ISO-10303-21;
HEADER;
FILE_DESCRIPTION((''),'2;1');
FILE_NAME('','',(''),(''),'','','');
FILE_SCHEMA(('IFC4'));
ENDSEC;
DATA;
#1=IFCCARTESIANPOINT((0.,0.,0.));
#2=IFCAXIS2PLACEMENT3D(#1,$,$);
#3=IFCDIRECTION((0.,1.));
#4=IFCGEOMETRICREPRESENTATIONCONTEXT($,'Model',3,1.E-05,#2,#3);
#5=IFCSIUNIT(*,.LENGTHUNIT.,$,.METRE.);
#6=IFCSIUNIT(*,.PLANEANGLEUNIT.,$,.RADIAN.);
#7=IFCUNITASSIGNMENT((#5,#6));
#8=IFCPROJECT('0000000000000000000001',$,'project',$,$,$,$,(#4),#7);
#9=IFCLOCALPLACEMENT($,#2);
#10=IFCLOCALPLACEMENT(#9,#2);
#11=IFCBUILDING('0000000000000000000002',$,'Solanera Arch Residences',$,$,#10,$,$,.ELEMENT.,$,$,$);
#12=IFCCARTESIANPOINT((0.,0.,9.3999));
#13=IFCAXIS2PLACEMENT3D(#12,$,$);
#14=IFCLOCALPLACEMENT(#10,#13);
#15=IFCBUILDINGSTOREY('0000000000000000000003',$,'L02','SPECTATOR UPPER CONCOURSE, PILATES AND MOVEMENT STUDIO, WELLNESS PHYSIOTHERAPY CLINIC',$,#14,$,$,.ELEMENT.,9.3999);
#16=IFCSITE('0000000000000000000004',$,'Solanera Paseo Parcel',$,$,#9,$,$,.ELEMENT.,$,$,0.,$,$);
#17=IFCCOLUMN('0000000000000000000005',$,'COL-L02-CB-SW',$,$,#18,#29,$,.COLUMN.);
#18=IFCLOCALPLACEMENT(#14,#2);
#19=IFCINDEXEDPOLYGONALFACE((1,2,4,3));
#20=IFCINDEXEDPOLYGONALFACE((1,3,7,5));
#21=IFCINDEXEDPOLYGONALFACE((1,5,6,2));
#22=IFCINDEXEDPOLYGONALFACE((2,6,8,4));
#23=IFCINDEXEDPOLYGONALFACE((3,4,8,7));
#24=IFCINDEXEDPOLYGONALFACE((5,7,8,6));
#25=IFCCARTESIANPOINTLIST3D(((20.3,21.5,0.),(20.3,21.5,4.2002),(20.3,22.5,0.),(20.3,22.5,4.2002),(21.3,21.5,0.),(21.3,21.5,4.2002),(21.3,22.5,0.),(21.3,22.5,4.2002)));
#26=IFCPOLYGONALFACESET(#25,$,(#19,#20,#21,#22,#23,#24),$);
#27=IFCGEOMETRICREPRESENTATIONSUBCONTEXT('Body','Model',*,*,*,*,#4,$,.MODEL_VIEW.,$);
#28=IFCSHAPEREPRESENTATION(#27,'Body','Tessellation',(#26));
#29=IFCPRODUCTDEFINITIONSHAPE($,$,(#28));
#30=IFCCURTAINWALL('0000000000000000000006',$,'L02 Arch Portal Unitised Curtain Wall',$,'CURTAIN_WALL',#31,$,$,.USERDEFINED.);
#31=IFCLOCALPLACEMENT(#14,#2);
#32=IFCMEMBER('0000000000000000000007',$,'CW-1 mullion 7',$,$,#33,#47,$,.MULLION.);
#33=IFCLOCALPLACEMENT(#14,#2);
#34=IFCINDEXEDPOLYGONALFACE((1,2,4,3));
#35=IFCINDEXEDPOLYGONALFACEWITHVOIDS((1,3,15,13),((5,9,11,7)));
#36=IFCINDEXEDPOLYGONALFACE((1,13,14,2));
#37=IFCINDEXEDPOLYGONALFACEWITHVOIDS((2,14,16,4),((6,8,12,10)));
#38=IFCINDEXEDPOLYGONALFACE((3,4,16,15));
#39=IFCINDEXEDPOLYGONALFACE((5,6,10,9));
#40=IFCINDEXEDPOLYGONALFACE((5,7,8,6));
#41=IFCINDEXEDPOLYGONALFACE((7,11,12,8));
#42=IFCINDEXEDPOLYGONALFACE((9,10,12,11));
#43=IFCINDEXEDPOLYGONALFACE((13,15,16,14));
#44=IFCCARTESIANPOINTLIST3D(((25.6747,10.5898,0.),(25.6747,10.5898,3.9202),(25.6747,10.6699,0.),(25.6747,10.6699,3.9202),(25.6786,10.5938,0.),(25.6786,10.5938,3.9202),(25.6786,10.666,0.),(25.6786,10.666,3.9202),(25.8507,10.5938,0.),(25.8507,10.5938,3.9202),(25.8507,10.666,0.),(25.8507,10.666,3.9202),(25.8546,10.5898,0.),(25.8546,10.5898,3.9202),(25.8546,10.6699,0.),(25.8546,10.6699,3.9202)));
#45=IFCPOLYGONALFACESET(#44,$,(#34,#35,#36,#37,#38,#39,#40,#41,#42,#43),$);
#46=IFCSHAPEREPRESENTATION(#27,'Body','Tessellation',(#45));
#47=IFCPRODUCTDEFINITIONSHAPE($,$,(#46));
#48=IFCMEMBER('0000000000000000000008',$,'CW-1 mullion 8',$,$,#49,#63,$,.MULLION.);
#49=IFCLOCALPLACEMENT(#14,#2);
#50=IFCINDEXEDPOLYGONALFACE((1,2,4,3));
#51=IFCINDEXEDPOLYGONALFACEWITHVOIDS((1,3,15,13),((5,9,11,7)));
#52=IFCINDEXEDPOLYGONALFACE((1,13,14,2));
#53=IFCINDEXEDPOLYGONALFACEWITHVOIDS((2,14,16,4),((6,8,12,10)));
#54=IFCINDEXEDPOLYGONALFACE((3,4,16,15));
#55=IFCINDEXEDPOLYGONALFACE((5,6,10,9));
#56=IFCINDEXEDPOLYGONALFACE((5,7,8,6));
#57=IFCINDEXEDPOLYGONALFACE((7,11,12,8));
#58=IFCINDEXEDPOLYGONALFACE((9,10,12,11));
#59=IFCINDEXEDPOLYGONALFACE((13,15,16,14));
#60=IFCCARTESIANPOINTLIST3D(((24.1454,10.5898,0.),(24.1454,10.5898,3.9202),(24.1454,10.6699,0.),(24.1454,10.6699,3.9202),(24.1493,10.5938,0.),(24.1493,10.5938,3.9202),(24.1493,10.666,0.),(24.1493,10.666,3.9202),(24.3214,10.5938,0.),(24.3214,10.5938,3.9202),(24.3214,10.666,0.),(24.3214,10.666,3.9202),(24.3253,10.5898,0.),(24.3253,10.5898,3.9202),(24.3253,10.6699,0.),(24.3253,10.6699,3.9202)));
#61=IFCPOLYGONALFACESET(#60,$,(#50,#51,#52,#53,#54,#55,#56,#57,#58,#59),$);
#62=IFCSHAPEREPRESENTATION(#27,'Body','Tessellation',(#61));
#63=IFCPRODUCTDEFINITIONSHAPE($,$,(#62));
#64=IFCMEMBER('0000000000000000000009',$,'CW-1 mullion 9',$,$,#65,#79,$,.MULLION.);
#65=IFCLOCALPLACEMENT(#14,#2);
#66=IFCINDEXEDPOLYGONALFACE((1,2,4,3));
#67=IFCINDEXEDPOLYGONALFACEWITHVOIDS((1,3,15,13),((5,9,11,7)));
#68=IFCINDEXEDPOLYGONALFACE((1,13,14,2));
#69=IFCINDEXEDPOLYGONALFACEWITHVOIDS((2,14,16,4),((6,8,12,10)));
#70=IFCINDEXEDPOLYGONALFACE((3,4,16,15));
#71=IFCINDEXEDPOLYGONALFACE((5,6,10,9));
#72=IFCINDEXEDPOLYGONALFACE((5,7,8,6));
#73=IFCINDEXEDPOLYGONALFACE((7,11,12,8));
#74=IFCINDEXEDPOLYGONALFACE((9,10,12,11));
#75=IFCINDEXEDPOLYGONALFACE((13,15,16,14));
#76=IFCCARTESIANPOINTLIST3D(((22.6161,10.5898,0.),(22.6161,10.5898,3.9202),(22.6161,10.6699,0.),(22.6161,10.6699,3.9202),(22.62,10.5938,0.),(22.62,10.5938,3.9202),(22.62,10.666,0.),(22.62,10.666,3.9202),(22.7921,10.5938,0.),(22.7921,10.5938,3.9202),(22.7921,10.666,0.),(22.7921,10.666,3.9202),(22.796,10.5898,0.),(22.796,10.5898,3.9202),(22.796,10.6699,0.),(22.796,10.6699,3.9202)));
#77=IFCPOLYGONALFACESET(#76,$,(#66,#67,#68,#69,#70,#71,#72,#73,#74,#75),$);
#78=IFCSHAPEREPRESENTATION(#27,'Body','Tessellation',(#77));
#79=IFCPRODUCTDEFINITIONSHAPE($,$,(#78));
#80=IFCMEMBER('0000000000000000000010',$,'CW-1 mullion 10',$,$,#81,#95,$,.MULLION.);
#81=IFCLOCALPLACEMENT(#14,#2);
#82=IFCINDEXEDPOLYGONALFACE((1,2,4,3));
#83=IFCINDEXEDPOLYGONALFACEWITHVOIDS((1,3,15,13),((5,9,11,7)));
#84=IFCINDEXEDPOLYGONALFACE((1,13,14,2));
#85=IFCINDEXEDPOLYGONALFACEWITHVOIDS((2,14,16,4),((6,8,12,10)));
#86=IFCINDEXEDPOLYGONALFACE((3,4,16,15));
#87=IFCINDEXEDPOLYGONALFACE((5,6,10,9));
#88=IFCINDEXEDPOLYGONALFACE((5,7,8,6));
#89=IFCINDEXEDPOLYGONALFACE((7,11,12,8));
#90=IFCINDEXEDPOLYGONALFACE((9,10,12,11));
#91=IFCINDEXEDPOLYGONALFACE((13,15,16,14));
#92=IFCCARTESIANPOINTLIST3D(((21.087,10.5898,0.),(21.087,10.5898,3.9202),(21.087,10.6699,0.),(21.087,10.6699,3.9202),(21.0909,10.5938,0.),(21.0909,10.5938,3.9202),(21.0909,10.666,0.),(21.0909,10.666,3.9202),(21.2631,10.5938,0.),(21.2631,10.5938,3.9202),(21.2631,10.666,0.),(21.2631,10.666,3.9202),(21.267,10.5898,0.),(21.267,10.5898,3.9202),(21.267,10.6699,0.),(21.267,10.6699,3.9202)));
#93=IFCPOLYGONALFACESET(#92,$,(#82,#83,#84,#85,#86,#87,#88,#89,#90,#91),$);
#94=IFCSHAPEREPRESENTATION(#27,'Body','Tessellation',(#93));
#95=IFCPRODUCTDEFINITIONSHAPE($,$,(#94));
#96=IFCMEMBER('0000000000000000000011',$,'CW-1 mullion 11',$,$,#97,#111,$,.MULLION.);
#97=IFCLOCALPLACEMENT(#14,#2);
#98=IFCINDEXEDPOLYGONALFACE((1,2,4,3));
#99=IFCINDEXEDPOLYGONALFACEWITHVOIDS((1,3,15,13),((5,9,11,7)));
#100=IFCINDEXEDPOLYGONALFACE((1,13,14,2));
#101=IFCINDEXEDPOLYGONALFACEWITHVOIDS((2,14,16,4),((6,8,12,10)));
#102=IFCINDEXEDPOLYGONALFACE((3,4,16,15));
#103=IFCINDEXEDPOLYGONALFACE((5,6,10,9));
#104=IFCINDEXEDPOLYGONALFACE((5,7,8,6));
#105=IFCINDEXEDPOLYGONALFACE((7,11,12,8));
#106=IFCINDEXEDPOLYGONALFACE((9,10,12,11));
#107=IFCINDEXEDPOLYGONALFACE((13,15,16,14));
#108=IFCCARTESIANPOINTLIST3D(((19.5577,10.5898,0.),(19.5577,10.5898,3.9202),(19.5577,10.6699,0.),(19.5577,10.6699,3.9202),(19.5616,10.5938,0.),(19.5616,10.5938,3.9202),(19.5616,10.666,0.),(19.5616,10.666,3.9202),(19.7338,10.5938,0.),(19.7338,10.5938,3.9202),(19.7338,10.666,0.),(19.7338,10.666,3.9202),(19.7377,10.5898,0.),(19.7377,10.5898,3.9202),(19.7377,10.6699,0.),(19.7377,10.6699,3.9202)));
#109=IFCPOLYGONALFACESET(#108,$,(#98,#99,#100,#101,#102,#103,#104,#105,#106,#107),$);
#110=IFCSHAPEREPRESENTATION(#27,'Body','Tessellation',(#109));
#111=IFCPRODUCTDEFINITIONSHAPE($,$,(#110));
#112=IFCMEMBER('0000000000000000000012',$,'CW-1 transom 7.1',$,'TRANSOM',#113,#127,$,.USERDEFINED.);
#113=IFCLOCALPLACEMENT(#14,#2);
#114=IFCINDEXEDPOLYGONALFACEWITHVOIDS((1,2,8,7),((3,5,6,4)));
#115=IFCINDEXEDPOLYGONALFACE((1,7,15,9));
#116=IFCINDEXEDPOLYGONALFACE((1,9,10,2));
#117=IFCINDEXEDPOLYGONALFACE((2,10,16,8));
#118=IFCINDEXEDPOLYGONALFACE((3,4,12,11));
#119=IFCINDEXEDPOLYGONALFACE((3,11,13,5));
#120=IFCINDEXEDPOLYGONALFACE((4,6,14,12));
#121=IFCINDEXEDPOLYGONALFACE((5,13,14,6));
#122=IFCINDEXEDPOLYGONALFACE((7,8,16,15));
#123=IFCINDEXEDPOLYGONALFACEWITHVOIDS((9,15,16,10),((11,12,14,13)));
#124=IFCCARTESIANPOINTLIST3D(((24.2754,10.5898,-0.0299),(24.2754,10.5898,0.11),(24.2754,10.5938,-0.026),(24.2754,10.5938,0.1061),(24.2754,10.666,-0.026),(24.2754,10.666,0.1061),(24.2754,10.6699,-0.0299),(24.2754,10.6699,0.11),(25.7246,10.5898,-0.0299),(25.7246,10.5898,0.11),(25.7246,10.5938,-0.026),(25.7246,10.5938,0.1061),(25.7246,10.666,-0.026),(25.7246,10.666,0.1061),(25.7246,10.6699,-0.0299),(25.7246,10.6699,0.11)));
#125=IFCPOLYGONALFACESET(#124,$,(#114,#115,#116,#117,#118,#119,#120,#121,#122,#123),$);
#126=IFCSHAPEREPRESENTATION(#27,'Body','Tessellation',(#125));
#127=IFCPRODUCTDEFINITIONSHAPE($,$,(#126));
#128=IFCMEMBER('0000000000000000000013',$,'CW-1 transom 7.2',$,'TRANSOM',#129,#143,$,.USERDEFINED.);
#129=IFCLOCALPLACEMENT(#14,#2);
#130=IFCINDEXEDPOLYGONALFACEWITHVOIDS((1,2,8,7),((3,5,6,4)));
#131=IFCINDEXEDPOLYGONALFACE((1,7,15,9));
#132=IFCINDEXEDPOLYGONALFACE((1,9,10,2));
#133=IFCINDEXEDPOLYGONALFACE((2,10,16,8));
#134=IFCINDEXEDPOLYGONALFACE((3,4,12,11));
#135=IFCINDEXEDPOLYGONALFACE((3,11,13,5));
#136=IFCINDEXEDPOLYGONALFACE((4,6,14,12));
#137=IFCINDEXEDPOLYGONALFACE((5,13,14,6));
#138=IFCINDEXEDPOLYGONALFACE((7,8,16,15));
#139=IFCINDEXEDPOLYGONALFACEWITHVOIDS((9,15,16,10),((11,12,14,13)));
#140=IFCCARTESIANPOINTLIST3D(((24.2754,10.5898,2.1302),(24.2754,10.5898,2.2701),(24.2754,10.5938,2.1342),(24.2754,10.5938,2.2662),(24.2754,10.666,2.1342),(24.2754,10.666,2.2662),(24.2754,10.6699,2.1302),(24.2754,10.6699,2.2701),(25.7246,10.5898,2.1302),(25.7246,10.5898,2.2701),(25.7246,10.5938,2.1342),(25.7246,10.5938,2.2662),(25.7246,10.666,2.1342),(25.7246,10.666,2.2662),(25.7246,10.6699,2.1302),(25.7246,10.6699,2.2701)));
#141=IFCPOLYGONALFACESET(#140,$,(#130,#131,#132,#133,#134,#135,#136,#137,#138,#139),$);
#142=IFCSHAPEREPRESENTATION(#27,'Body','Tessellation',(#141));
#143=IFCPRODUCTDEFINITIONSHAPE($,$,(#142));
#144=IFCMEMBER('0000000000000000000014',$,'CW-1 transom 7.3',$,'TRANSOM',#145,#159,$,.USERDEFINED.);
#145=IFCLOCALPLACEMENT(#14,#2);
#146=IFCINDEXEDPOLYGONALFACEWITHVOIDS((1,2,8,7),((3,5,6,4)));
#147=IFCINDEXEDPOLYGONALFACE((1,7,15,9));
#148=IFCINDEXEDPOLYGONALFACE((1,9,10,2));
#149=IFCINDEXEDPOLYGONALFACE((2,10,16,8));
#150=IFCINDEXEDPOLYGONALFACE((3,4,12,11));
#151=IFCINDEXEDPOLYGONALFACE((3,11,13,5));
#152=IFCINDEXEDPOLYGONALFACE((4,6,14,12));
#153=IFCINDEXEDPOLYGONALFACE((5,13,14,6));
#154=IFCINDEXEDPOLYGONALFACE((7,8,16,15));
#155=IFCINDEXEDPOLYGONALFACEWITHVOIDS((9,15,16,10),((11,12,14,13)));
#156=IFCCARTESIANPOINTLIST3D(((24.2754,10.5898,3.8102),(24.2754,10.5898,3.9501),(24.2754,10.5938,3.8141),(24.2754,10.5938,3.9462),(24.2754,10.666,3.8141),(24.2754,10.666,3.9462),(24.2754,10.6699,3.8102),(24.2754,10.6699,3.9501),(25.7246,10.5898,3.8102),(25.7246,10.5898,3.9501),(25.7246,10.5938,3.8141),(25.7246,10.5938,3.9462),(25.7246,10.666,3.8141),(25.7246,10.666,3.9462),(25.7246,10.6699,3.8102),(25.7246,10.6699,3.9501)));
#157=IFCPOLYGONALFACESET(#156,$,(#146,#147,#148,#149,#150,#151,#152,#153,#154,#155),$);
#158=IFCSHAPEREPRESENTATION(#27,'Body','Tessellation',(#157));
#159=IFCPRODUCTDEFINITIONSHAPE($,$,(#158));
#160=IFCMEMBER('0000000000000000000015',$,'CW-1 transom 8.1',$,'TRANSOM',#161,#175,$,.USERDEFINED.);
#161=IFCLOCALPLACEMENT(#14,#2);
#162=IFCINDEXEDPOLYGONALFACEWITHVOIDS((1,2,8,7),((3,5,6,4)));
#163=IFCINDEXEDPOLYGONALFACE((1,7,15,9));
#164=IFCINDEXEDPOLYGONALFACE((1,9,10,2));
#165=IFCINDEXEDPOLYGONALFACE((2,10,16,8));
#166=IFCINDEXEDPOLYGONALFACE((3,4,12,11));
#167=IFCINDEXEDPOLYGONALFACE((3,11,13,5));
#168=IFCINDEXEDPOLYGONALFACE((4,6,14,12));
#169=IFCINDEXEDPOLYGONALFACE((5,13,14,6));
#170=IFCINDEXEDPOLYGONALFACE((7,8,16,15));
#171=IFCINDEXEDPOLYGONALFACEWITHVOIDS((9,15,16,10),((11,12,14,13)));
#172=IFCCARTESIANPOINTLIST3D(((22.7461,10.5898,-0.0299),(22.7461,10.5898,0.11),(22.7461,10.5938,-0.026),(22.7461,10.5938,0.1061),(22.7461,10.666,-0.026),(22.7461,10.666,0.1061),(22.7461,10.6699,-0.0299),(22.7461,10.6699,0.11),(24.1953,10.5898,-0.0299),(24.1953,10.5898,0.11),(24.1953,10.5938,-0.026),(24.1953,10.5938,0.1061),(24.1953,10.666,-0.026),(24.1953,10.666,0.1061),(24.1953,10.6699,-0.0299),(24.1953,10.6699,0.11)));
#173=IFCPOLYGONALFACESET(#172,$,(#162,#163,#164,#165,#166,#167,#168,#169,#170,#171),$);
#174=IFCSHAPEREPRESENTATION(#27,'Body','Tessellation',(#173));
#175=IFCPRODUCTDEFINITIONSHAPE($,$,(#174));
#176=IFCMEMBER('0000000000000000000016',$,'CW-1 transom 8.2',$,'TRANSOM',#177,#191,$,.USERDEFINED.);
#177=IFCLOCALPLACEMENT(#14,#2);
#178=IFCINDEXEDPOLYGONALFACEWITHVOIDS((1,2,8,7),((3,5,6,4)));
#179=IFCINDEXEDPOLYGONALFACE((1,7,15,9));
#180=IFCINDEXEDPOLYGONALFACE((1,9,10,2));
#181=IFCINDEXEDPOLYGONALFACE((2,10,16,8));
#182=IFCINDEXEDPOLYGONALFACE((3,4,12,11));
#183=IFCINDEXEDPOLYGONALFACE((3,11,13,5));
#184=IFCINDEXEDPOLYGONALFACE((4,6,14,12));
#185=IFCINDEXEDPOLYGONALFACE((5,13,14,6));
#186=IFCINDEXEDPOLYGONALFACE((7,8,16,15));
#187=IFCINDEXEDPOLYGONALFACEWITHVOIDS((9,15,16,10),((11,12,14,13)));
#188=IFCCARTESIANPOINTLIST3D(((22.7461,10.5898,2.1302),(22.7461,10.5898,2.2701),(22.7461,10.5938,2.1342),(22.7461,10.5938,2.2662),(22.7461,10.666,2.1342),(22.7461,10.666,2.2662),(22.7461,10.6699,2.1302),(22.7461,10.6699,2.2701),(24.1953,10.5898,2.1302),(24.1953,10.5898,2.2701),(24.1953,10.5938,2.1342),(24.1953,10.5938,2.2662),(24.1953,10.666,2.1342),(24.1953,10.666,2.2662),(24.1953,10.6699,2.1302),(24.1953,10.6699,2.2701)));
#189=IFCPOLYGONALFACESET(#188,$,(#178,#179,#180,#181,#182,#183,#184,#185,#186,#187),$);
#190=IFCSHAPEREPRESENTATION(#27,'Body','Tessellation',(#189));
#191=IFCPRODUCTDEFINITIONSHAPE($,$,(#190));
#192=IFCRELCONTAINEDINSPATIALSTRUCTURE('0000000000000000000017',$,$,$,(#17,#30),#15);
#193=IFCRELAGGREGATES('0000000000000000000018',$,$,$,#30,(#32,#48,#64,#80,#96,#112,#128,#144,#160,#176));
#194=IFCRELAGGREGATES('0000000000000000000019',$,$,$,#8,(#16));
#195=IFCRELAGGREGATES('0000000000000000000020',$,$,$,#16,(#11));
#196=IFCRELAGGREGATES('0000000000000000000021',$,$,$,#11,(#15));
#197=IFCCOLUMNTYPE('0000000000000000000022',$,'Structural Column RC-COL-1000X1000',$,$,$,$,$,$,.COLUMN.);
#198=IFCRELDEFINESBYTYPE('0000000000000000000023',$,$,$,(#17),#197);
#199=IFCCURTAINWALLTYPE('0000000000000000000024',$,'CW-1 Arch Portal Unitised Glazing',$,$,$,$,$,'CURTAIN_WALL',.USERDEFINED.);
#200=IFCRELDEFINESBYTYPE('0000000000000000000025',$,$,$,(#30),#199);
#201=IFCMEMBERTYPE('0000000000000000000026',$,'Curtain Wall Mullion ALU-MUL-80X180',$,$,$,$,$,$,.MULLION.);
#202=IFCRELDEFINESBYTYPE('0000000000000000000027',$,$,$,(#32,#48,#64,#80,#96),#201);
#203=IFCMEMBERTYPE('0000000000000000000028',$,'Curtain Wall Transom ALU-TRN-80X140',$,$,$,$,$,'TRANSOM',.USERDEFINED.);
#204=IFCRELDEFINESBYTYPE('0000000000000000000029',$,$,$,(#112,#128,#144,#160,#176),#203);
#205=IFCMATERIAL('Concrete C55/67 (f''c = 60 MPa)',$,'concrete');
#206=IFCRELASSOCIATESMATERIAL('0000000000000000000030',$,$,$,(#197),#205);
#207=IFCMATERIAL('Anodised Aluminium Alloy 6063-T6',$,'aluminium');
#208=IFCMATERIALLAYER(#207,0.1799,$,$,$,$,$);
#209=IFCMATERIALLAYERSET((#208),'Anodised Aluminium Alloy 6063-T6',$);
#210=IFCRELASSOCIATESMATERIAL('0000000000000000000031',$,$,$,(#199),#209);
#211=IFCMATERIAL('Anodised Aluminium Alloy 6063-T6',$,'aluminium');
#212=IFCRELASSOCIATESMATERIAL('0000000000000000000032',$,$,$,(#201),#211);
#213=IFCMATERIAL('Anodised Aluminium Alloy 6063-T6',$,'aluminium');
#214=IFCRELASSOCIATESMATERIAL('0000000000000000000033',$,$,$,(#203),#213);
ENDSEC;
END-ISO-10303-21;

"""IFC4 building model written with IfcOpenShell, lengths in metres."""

from ifc_helpers import new_model, si_unit, direction, frame, origin, origin_2d, place, context, subcontext, project, spatial, rectangle, hollow_rectangle, extrude, material, layer, layer_set, material_profile, profile_set, type_object, element, aggregate, save


model = new_model("IFC4")

# Units and contexts
model_context = context("Model", 3, precision=1e-05, world=origin(), true_north=direction((0.0, 1.0)))
body_context = subcontext(model_context, "Body", "Model", "MODEL_VIEW")
ifc_project = project(units=[si_unit("LENGTHUNIT", "METRE"), si_unit("PLANEANGLEUNIT", "RADIAN")], contexts=[model_context])

# Site, building, storey
site_placement = place(None, origin())
site = spatial("IfcSite", under=ifc_project, at=site_placement, Name="Solanera Paseo Parcel", CompositionType="ELEMENT", RefElevation=0.0)
building_placement = place(site_placement, origin())
building = spatial("IfcBuilding", under=site, at=building_placement, Name="Solanera Arch Residences", CompositionType="ELEMENT")
storey_placement = place(building_placement, frame((0.0, 0.0, 9.3999)))
storey = spatial("IfcBuildingStorey", under=building, at=storey_placement, Name="L02", Description="SPECTATOR UPPER CONCOURSE, PILATES AND MOVEMENT STUDIO, WELLNESS PHYSIOTHERAPY CLINIC", CompositionType="ELEMENT", Elevation=9.3999)

# Column
ifc_material_1 = material(Name="Concrete C55/67 (f'c = 60 MPa)", Category="concrete")
ifc_material_profile_1 = material_profile(ifc_material_1, rectangle(XDim=1.0, YDim=1.0, at=origin_2d()))
ifc_profile_set_1 = profile_set([ifc_material_profile_1], Name="Concrete C55/67 (f'c = 60 MPa)")
column_type = type_object("IfcColumnType", Name="Structural Column RC-COL-1000X1000", PredefinedType="COLUMN", material=ifc_profile_set_1)
column_placement = place(storey_placement, frame((20.8, 22.0, 0.0), z_axis=(0.0, 0.0, 1.0), x_axis=(1.0, 0.0, 0.0)))
element("IfcColumn", 1, at=column_placement, inside=storey, type_object=column_type, Name="COL-L02-CB-SW", PredefinedType="COLUMN", context=body_context, shape_type="SweptSolid", body=[
    extrude(rectangle(XDim=1.0, YDim=1.0, at=origin_2d()), origin(), (0.0, 0.0, 1.0), 4.2002),
])

# Curtain wall, members
ifc_material_2 = material(Name="Anodised Aluminium Alloy 6063-T6", Category="aluminium")
ifc_layer_1 = layer(ifc_material_2, 0.1799)
ifc_layer_set_1 = layer_set([ifc_layer_1], Name="Anodised Aluminium Alloy 6063-T6")
curtain_wall_type = type_object("IfcCurtainWallType", Name="CW-1 Arch Portal Unitised Glazing", ElementType="CURTAIN_WALL", PredefinedType="USERDEFINED", material=ifc_layer_set_1)
curtain_wall_placement = place(storey_placement, origin())
curtain_wall = element("IfcCurtainWall", 2, at=curtain_wall_placement, inside=storey, type_object=curtain_wall_type, Name="L02 Arch Portal Unitised Curtain Wall", ObjectType="CURTAIN_WALL", PredefinedType="USERDEFINED")
ifc_material_3 = material(Name="Anodised Aluminium Alloy 6063-T6", Category="aluminium")
ifc_material_profile_2 = material_profile(ifc_material_3, hollow_rectangle(XDim=0.0801, YDim=0.1799, WallThickness=0.0039, at=origin_2d()))
ifc_profile_set_2 = profile_set([ifc_material_profile_2], Name="Anodised Aluminium Alloy 6063-T6")
member_type_1 = type_object("IfcMemberType", Name="Curtain Wall Mullion ALU-MUL-80X180", PredefinedType="MULLION", material=ifc_profile_set_2)
member_1_placement = place(storey_placement, frame((25.7646, 10.6299, 0.0), z_axis=(0.0, 0.0, 1.0), x_axis=(0.0, -1.0, 0.0)))
member_1 = element("IfcMember", 3, at=member_1_placement, type_object=member_type_1, Name="CW-1 mullion 7", PredefinedType="MULLION", context=body_context, shape_type="SweptSolid", body=[
    extrude(hollow_rectangle(XDim=0.0801, YDim=0.1799, WallThickness=0.0039, at=origin_2d()), origin(), (0.0, 0.0, 1.0), 3.9202),
])
member_2_placement = place(storey_placement, frame((24.2354, 10.6299, 0.0), z_axis=(0.0, 0.0, 1.0), x_axis=(0.0, -1.0, 0.0)))
member_2 = element("IfcMember", 4, at=member_2_placement, type_object=member_type_1, Name="CW-1 mullion 8", PredefinedType="MULLION", context=body_context, shape_type="SweptSolid", body=[
    extrude(hollow_rectangle(XDim=0.0801, YDim=0.1799, WallThickness=0.0039, at=origin_2d()), origin(), (0.0, 0.0, 1.0), 3.9202),
])
member_3_placement = place(storey_placement, frame((22.7061, 10.6299, 0.0), z_axis=(0.0, 0.0, 1.0), x_axis=(0.0, -1.0, 0.0)))
member_3 = element("IfcMember", 5, at=member_3_placement, type_object=member_type_1, Name="CW-1 mullion 9", PredefinedType="MULLION", context=body_context, shape_type="SweptSolid", body=[
    extrude(hollow_rectangle(XDim=0.0801, YDim=0.1799, WallThickness=0.0039, at=origin_2d()), origin(), (0.0, 0.0, 1.0), 3.9202),
])
member_4_placement = place(storey_placement, frame((21.177, 10.6299, 0.0), z_axis=(0.0, 0.0, 1.0), x_axis=(0.0, -1.0, 0.0)))
member_4 = element("IfcMember", 6, at=member_4_placement, type_object=member_type_1, Name="CW-1 mullion 10", PredefinedType="MULLION", context=body_context, shape_type="SweptSolid", body=[
    extrude(hollow_rectangle(XDim=0.0801, YDim=0.1799, WallThickness=0.0039, at=origin_2d()), origin(), (0.0, 0.0, 1.0), 3.9202),
])
member_5_placement = place(storey_placement, frame((19.6477, 10.6299, 0.0), z_axis=(0.0, 0.0, 1.0), x_axis=(0.0, -1.0, 0.0)))
member_5 = element("IfcMember", 7, at=member_5_placement, type_object=member_type_1, Name="CW-1 mullion 11", PredefinedType="MULLION", context=body_context, shape_type="SweptSolid", body=[
    extrude(hollow_rectangle(XDim=0.0801, YDim=0.1799, WallThickness=0.0039, at=origin_2d()), origin(), (0.0, 0.0, 1.0), 3.9202),
])
ifc_material_4 = material(Name="Anodised Aluminium Alloy 6063-T6", Category="aluminium")
ifc_material_profile_3 = material_profile(ifc_material_4, hollow_rectangle(XDim=0.0801, YDim=0.1399, WallThickness=0.0039, at=origin_2d()))
ifc_profile_set_3 = profile_set([ifc_material_profile_3], Name="Anodised Aluminium Alloy 6063-T6")
member_type_2 = type_object("IfcMemberType", Name="Curtain Wall Transom ALU-TRN-80X140", ElementType="TRANSOM", PredefinedType="USERDEFINED", material=ifc_profile_set_3)
member_6_placement = place(storey_placement, frame((25.7246, 10.6299, 0.04), z_axis=(-1.0, 0.0, 0.0), x_axis=(0.0, -1.0, 0.0)))
member_6 = element("IfcMember", 8, at=member_6_placement, type_object=member_type_2, Name="CW-1 transom 7.1", ObjectType="TRANSOM", PredefinedType="USERDEFINED", context=body_context, shape_type="SweptSolid", body=[
    extrude(hollow_rectangle(XDim=0.0801, YDim=0.1399, WallThickness=0.0039, at=origin_2d()), origin(), (0.0, 0.0, 1.0), 1.4492),
])
member_7_placement = place(storey_placement, frame((25.7246, 10.6299, 2.2002), z_axis=(-1.0, 0.0, 0.0), x_axis=(0.0, -1.0, 0.0)))
member_7 = element("IfcMember", 9, at=member_7_placement, type_object=member_type_2, Name="CW-1 transom 7.2", ObjectType="TRANSOM", PredefinedType="USERDEFINED", context=body_context, shape_type="SweptSolid", body=[
    extrude(hollow_rectangle(XDim=0.0801, YDim=0.1399, WallThickness=0.0039, at=origin_2d()), origin(), (0.0, 0.0, 1.0), 1.4492),
])
member_8_placement = place(storey_placement, frame((25.7246, 10.6299, 3.8801), z_axis=(-1.0, 0.0, 0.0), x_axis=(0.0, -1.0, 0.0)))
member_8 = element("IfcMember", 10, at=member_8_placement, type_object=member_type_2, Name="CW-1 transom 7.3", ObjectType="TRANSOM", PredefinedType="USERDEFINED", context=body_context, shape_type="SweptSolid", body=[
    extrude(hollow_rectangle(XDim=0.0801, YDim=0.1399, WallThickness=0.0039, at=origin_2d()), origin(), (0.0, 0.0, 1.0), 1.4492),
])
member_9_placement = place(storey_placement, frame((24.1953, 10.6299, 0.04), z_axis=(-1.0, 0.0, 0.0), x_axis=(0.0, -1.0, 0.0)))
member_9 = element("IfcMember", 11, at=member_9_placement, type_object=member_type_2, Name="CW-1 transom 8.1", ObjectType="TRANSOM", PredefinedType="USERDEFINED", context=body_context, shape_type="SweptSolid", body=[
    extrude(hollow_rectangle(XDim=0.0801, YDim=0.1399, WallThickness=0.0039, at=origin_2d()), origin(), (0.0, 0.0, 1.0), 1.4492),
])
member_10_placement = place(storey_placement, frame((24.1953, 10.6299, 2.2002), z_axis=(-1.0, 0.0, 0.0), x_axis=(0.0, -1.0, 0.0)))
member_10 = element("IfcMember", 12, at=member_10_placement, type_object=member_type_2, Name="CW-1 transom 8.2", ObjectType="TRANSOM", PredefinedType="USERDEFINED", context=body_context, shape_type="SweptSolid", body=[
    extrude(hollow_rectangle(XDim=0.0801, YDim=0.1399, WallThickness=0.0039, at=origin_2d()), origin(), (0.0, 0.0, 1.0), 1.4492),
])

aggregate(curtain_wall, [member_1, member_2, member_3, member_4, member_5, member_6, member_7, member_8, member_9, member_10])

save(model, "model.ifc")
